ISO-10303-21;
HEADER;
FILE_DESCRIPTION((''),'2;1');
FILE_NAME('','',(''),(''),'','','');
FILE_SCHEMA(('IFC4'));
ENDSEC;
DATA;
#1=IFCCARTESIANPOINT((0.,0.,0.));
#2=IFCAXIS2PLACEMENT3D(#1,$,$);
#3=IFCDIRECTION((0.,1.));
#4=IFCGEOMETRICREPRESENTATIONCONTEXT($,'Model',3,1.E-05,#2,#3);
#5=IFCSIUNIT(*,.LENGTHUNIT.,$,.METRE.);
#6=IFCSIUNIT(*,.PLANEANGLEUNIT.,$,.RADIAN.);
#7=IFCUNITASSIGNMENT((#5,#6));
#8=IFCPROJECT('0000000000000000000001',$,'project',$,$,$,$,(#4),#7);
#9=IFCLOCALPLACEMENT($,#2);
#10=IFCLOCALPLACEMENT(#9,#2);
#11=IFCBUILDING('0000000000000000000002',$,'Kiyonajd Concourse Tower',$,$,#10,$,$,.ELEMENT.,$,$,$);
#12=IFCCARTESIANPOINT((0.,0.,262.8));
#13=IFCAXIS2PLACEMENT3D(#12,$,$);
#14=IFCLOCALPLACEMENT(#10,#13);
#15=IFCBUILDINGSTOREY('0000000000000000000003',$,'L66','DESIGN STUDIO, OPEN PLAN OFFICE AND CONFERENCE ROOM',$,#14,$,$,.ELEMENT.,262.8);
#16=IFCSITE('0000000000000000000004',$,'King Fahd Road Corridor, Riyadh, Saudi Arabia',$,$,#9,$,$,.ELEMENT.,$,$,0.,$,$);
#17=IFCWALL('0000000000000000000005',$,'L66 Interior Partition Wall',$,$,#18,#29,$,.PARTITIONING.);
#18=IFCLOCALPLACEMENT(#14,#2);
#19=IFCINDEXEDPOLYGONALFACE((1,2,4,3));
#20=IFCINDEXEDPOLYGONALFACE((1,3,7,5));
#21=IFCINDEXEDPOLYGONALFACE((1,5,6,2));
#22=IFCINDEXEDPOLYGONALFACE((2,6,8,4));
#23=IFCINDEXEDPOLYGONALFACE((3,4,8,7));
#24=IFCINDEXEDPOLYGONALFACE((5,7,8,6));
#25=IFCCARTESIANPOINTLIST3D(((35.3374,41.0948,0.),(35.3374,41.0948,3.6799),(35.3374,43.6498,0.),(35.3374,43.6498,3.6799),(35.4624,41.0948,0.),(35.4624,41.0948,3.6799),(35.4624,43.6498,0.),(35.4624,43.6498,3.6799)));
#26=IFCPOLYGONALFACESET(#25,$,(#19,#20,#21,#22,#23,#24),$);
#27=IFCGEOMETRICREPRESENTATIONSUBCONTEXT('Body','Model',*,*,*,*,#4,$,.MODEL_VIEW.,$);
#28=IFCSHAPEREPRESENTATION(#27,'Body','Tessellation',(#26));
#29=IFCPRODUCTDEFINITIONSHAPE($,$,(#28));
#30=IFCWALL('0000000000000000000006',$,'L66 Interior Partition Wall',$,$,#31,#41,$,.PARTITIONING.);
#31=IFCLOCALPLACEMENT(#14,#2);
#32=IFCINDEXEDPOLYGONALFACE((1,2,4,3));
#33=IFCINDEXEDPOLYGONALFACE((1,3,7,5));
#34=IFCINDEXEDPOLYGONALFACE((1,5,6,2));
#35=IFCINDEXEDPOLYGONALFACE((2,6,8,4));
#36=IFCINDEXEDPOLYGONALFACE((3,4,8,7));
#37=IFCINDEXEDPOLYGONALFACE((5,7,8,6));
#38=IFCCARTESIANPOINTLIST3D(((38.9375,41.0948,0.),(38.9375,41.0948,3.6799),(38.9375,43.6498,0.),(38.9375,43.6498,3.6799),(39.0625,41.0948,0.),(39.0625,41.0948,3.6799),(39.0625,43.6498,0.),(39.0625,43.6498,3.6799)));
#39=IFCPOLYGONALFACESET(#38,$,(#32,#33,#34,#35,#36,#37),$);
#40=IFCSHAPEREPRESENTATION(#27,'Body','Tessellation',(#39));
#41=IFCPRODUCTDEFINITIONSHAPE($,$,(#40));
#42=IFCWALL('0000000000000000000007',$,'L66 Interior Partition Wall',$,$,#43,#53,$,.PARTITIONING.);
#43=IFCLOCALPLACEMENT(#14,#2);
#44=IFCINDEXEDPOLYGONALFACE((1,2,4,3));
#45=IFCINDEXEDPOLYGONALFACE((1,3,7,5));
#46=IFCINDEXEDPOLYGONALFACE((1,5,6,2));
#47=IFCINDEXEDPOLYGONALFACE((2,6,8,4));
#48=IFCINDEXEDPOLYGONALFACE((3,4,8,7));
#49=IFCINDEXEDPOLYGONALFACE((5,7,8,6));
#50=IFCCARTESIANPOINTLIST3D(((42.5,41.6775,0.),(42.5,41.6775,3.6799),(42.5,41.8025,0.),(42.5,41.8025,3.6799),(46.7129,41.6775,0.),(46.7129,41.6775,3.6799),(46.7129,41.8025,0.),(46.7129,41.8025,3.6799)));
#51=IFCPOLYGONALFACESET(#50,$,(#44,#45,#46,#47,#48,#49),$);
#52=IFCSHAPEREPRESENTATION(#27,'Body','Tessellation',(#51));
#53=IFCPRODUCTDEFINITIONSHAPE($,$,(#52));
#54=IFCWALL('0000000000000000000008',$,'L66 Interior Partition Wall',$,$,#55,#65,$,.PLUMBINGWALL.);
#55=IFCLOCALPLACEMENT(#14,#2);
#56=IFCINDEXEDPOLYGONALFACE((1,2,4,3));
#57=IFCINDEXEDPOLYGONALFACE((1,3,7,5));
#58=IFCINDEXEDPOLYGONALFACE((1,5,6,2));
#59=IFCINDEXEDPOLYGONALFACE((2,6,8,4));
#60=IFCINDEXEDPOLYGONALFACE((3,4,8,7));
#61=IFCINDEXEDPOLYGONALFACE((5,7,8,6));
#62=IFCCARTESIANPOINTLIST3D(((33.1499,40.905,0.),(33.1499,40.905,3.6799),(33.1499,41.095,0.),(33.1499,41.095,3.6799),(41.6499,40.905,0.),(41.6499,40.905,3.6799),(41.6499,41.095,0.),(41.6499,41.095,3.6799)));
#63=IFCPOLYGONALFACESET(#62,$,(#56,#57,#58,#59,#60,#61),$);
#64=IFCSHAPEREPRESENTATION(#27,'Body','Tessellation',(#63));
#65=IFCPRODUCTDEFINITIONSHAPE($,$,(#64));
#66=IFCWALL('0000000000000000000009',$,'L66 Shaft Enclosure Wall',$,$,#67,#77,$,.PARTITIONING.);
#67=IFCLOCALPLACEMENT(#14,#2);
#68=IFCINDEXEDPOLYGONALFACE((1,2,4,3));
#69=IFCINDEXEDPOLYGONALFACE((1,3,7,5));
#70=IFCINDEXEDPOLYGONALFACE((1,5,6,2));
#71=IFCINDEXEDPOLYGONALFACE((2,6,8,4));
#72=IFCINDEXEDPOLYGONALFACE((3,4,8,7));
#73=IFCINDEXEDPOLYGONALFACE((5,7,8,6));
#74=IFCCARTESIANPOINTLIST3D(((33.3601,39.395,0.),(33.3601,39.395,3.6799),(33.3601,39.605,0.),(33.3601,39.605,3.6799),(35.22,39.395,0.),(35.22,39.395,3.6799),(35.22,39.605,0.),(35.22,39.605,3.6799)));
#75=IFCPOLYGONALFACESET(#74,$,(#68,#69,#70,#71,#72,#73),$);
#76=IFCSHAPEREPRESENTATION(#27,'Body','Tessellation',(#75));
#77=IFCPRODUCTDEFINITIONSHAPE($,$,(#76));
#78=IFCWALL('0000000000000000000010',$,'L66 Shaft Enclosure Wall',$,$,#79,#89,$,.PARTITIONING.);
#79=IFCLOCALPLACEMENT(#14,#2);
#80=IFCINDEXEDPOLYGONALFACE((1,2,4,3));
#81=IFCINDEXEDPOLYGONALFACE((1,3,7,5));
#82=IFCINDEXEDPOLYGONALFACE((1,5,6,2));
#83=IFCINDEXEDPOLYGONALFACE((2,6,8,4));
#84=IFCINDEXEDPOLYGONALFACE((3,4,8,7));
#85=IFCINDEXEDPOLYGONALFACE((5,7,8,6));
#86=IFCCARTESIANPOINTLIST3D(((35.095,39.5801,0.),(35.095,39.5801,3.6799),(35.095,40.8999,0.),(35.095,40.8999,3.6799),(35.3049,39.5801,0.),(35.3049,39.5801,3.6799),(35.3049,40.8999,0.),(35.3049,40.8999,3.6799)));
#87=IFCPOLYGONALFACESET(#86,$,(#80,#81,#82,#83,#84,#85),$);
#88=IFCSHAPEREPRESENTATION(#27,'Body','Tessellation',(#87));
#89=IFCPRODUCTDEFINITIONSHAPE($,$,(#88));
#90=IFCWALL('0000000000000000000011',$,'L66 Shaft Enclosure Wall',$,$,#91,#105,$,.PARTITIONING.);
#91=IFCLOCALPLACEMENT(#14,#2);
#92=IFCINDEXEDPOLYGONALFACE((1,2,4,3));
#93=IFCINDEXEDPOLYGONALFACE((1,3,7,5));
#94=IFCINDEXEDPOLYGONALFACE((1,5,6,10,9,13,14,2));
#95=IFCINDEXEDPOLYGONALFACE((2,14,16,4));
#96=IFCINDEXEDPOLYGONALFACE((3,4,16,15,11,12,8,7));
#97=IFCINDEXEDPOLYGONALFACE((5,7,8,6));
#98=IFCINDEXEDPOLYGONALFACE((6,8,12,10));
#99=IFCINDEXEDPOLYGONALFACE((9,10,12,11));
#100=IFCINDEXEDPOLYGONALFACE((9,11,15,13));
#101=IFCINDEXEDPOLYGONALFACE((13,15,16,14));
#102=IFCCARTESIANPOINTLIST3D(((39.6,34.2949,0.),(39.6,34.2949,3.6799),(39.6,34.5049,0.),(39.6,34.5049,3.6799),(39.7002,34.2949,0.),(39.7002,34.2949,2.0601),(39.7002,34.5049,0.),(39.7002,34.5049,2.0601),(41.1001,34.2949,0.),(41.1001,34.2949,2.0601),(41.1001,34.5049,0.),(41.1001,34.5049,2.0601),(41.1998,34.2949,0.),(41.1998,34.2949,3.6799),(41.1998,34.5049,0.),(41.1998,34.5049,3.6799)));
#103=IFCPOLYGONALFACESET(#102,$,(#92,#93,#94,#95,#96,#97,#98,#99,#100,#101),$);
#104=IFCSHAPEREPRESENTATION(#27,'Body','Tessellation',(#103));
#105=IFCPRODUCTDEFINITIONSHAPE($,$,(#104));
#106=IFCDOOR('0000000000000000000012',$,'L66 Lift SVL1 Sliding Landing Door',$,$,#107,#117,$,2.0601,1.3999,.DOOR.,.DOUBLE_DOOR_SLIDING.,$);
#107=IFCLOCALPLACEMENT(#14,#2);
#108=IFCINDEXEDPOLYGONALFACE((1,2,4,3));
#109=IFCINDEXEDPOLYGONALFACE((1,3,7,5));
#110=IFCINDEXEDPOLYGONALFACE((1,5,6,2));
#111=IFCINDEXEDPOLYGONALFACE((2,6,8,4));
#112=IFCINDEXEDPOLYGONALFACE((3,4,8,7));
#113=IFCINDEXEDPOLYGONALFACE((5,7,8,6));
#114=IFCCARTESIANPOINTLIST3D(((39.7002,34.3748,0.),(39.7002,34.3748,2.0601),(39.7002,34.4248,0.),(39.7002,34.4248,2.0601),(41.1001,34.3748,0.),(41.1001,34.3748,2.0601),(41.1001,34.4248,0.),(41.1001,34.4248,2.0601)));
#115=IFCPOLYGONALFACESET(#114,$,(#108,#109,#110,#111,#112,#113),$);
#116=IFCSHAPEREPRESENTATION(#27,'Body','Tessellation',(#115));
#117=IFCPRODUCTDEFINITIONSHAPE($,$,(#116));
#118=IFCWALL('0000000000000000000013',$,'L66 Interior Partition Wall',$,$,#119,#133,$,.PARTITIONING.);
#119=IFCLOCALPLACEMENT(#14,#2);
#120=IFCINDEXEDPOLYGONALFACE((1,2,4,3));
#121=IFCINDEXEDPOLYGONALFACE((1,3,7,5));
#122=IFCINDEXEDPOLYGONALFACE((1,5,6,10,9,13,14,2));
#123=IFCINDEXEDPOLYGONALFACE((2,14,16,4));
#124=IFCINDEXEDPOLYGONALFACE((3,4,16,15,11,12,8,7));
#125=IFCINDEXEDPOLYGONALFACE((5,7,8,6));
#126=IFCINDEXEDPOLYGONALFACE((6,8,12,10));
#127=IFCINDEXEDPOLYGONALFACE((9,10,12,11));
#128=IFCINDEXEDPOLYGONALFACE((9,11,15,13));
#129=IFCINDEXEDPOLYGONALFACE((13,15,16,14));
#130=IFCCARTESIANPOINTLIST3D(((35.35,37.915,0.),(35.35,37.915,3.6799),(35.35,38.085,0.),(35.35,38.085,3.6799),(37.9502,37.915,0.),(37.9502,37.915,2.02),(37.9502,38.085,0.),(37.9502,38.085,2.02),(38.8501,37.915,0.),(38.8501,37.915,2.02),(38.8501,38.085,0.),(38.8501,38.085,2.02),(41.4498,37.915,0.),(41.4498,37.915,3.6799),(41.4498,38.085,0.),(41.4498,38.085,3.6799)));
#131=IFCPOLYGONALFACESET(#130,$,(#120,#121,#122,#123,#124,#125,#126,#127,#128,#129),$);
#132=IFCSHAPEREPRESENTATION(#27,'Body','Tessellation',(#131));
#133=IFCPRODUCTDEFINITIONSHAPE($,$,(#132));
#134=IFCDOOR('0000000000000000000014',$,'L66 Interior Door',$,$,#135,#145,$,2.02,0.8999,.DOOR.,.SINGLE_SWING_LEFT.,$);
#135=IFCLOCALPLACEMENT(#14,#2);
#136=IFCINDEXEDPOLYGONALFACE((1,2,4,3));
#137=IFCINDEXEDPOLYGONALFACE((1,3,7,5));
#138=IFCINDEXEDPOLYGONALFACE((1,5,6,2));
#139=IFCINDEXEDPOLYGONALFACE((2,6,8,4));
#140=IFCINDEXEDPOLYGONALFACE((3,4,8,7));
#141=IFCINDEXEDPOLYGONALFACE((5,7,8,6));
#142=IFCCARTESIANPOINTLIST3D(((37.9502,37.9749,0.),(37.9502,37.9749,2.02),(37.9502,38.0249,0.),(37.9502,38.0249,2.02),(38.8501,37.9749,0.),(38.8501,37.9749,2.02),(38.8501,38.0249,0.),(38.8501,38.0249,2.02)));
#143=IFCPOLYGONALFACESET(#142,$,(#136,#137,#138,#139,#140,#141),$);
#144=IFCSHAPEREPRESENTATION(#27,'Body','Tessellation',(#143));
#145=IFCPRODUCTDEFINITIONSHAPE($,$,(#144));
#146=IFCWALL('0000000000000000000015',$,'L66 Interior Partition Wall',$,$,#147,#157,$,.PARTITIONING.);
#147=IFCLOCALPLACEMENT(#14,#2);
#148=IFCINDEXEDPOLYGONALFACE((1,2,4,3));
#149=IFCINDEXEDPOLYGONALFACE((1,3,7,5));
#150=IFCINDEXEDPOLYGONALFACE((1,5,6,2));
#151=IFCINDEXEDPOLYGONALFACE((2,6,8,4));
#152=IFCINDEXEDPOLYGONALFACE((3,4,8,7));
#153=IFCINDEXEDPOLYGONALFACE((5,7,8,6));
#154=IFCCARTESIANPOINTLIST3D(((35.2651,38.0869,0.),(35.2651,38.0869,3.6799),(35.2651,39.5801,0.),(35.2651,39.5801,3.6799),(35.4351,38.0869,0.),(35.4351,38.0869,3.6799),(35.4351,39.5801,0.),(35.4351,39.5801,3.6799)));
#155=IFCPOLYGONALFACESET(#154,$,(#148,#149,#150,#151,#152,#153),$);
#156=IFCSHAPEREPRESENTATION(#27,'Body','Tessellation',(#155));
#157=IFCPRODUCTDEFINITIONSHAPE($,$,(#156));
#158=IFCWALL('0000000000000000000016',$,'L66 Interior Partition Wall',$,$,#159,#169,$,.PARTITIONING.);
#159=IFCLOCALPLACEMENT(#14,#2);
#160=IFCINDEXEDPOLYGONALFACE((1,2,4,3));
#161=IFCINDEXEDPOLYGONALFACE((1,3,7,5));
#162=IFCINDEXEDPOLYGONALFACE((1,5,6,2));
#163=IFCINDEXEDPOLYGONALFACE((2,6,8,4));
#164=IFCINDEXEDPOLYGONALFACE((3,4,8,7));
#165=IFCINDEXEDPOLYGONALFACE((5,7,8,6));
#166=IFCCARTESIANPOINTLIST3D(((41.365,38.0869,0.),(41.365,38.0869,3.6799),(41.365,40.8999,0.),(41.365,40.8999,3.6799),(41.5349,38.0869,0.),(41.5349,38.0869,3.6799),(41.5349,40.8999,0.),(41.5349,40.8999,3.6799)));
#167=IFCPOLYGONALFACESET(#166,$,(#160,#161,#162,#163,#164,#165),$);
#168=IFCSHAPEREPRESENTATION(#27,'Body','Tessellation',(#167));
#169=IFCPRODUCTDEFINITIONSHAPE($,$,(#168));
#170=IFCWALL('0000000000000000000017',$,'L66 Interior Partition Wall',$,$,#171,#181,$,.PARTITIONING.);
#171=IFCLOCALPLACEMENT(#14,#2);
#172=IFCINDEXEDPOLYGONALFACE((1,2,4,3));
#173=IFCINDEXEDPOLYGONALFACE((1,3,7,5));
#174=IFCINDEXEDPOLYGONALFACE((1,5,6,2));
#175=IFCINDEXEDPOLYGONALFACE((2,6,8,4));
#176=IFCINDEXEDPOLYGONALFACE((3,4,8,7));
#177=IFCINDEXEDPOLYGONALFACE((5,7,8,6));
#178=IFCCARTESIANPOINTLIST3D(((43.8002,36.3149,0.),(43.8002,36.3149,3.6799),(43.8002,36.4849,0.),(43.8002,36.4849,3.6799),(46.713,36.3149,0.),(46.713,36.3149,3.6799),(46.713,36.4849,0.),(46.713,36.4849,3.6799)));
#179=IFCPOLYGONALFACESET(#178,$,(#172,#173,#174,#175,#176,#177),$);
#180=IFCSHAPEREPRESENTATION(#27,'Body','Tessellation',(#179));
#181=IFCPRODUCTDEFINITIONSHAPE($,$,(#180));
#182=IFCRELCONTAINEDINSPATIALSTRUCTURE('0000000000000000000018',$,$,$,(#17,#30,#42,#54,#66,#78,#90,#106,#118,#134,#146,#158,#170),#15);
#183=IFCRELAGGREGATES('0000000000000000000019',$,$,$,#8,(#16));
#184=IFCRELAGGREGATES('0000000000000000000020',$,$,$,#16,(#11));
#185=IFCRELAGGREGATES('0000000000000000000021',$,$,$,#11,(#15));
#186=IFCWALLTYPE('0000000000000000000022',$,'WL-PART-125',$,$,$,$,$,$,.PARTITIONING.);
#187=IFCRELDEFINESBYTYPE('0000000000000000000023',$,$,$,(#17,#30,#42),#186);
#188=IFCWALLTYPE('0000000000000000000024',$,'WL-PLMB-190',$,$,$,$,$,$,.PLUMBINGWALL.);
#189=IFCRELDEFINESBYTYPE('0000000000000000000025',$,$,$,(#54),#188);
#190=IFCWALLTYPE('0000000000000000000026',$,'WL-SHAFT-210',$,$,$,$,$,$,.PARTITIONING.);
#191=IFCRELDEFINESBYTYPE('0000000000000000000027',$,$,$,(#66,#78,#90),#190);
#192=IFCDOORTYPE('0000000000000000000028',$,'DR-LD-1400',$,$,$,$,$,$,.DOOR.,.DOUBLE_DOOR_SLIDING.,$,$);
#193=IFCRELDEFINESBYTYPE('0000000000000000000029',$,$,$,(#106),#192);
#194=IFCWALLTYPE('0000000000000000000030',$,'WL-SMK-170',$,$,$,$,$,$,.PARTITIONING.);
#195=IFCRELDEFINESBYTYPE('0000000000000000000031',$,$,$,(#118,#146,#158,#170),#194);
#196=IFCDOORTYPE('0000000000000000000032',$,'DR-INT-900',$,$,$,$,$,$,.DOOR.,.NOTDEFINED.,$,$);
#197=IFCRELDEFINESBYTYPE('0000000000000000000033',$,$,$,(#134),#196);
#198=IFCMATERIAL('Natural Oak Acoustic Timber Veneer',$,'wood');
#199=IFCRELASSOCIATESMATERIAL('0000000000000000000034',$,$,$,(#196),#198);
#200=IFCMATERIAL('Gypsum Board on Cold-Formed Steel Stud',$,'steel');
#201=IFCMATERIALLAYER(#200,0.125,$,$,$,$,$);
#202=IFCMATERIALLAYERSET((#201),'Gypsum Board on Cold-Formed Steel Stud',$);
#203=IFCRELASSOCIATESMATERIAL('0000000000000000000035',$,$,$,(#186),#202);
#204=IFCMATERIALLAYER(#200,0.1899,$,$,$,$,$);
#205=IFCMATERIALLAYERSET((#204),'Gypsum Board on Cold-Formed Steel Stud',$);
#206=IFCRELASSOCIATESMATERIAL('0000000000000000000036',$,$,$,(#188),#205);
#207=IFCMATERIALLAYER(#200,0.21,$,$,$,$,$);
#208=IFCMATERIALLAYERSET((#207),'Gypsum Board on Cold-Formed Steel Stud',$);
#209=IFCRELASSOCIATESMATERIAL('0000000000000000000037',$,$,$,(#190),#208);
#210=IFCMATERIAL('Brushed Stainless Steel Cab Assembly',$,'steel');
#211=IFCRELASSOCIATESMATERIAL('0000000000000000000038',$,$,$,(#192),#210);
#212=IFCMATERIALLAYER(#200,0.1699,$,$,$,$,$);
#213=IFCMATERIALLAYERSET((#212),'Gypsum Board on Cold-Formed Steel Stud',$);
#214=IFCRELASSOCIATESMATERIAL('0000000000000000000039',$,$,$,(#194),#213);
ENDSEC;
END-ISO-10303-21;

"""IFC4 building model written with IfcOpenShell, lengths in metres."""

from ifc_helpers import new_model, si_unit, direction, frame, frame_2d, origin, place, context, subcontext, project, spatial, rectangle, extrude, material, layer, layer_set, type_object, element, fill, save


model = new_model("IFC4")

# Units and contexts
model_context = context("Model", 3, precision=1e-05, world=origin(), true_north=direction((0.0, 1.0)))
body_context = subcontext(model_context, "Body", "Model", "MODEL_VIEW")
ifc_project = project(units=[si_unit("LENGTHUNIT", "METRE"), si_unit("PLANEANGLEUNIT", "RADIAN")], contexts=[model_context])

# Site, building, storey
site_placement = place(None, origin())
site = spatial("IfcSite", under=ifc_project, at=site_placement, Name="King Fahd Road Corridor, Riyadh, Saudi Arabia", CompositionType="ELEMENT", RefElevation=0.0)
building_placement = place(site_placement, origin())
building = spatial("IfcBuilding", under=site, at=building_placement, Name="Kiyonajd Concourse Tower", CompositionType="ELEMENT")
storey_placement = place(building_placement, frame((0.0, 0.0, 262.8)))
storey = spatial("IfcBuildingStorey", under=building, at=storey_placement, Name="L66", Description="DESIGN STUDIO, OPEN PLAN OFFICE AND CONFERENCE ROOM", CompositionType="ELEMENT", Elevation=262.8)

# Shared definitions
ifc_material_1 = material(Name="Natural Oak Acoustic Timber Veneer", Category="wood")
door_type_1 = type_object("IfcDoorType", Name="DR-INT-900", OperationType="NOTDEFINED", PredefinedType="DOOR", material=ifc_material_1)

# Walls
ifc_material_2 = material(Name="Gypsum Board on Cold-Formed Steel Stud", Category="steel")
ifc_layer_1 = layer(ifc_material_2, 0.125)
ifc_layer_set_1 = layer_set([ifc_layer_1], Name="Gypsum Board on Cold-Formed Steel Stud")
wall_type_1 = type_object("IfcWallType", Name="WL-PART-125", PredefinedType="PARTITIONING", material=ifc_layer_set_1)
for number, where, z_axis, x_axis, name in (
    (1, (35.3999, 41.095, 0.0), (0.0, 0.0, 1.0), (0.0, 1.0, 0.0), "L66 Interior Partition Wall"),
    (2, (39.0, 41.095, 0.0), (0.0, 0.0, 1.0), (0.0, 1.0, 0.0), "L66 Interior Partition Wall"),
):
    element("IfcWall", number, at=place(storey_placement, frame(where, z_axis=z_axis, x_axis=x_axis)), inside=storey, type_object=wall_type_1, Name=name, PredefinedType="PARTITIONING", context=body_context, shape_type="SweptSolid", body=[
        extrude(rectangle(XDim=2.5549, YDim=0.125, at=frame_2d((1.2773, 0.0))), origin(), (0.0, 0.0, 1.0), 3.6799),
    ])
wall_1_placement = place(storey_placement, frame((42.5, 41.74, 0.0), z_axis=(0.0, 0.0, 1.0), x_axis=(1.0, 0.0, 0.0)))
element("IfcWall", 3, at=wall_1_placement, inside=storey, type_object=wall_type_1, Name="L66 Interior Partition Wall", PredefinedType="PARTITIONING", context=body_context, shape_type="SweptSolid", body=[
    extrude(rectangle(XDim=4.2129, YDim=0.125, at=frame_2d((2.1064, 0.0))), origin(), (0.0, 0.0, 1.0), 3.6799),
])
ifc_layer_2 = layer(ifc_material_2, 0.1899)
ifc_layer_set_2 = layer_set([ifc_layer_2], Name="Gypsum Board on Cold-Formed Steel Stud")
wall_type_2 = type_object("IfcWallType", Name="WL-PLMB-190", PredefinedType="PLUMBINGWALL", material=ifc_layer_set_2)
wall_2_placement = place(storey_placement, frame((33.1499, 41.0, 0.0), z_axis=(0.0, 0.0, 1.0), x_axis=(1.0, 0.0, 0.0)))
element("IfcWall", 4, at=wall_2_placement, inside=storey, type_object=wall_type_2, Name="L66 Interior Partition Wall", PredefinedType="PLUMBINGWALL", context=body_context, shape_type="SweptSolid", body=[
    extrude(rectangle(XDim=8.5, YDim=0.1899, at=frame_2d((4.25, 0.0))), origin(), (0.0, 0.0, 1.0), 3.6799),
])
ifc_layer_3 = layer(ifc_material_2, 0.21)
ifc_layer_set_3 = layer_set([ifc_layer_3], Name="Gypsum Board on Cold-Formed Steel Stud")
wall_type_3 = type_object("IfcWallType", Name="WL-SHAFT-210", PredefinedType="PARTITIONING", material=ifc_layer_set_3)
wall_3_placement = place(storey_placement, frame((33.3601, 39.5, 0.0), z_axis=(0.0, 0.0, 1.0), x_axis=(1.0, 0.0, 0.0)))
element("IfcWall", 5, at=wall_3_placement, inside=storey, type_object=wall_type_3, Name="L66 Shaft Enclosure Wall", PredefinedType="PARTITIONING", context=body_context, shape_type="SweptSolid", body=[
    extrude(rectangle(XDim=1.8599, YDim=0.21, at=frame_2d((0.9299, 0.0))), origin(), (0.0, 0.0, 1.0), 3.6799),
])
wall_4_placement = place(storey_placement, frame((35.2, 39.5801, 0.0), z_axis=(0.0, 0.0, 1.0), x_axis=(0.0, 1.0, 0.0)))
element("IfcWall", 6, at=wall_4_placement, inside=storey, type_object=wall_type_3, Name="L66 Shaft Enclosure Wall", PredefinedType="PARTITIONING", context=body_context, shape_type="SweptSolid", body=[
    extrude(rectangle(XDim=1.3198, YDim=0.21, at=frame_2d((0.6599, 0.0))), origin(), (0.0, 0.0, 1.0), 3.6799),
])

# Walls, openings, doors
wall_5_placement = place(storey_placement, frame((39.6001, 34.3999, 0.0), z_axis=(0.0, 0.0, 1.0), x_axis=(1.0, 0.0, 0.0)))
wall_5 = element("IfcWall", 7, at=wall_5_placement, inside=storey, type_object=wall_type_3, Name="L66 Shaft Enclosure Wall", PredefinedType="PARTITIONING", context=body_context, shape_type="SweptSolid", body=[
    extrude(rectangle(XDim=1.5999, YDim=0.21, at=frame_2d((0.7998, 0.0))), origin(), (0.0, 0.0, 1.0), 3.6799),
])
opening_1_placement = place(wall_5_placement, frame((0.1001, 0.0, 0.0)))
opening_1 = element("IfcOpeningElement", 8, at=opening_1_placement, cuts=wall_5, PredefinedType="OPENING", context=body_context, shape_type="SweptSolid", body=[
    extrude(rectangle(XDim=1.3999, YDim=2.0601, at=frame_2d((0.7, 1.03))), frame((0.0, 0.115, 0.0), z_axis=(0.0, -1.0, 0.0), x_axis=(1.0, 0.0, 0.0)), (0.0, 0.0, 1.0), 0.23),
])
ifc_material_3 = material(Name="Brushed Stainless Steel Cab Assembly", Category="steel")
door_type_2 = type_object("IfcDoorType", Name="DR-LD-1400", OperationType="DOUBLE_DOOR_SLIDING", PredefinedType="DOOR", material=ifc_material_3)
door_1_placement = place(opening_1_placement, origin())
door_1 = element("IfcDoor", 9, at=door_1_placement, inside=storey, type_object=door_type_2, Name="L66 Lift SVL1 Sliding Landing Door", OperationType="DOUBLE_DOOR_SLIDING", OverallHeight=2.0601, OverallWidth=1.3999, PredefinedType="DOOR", context=body_context, shape_type="SweptSolid", body=[
    extrude(rectangle(XDim=1.3999, YDim=2.0601, at=frame_2d((0.7, 1.03))), frame((0.0, 0.0249, 0.0), z_axis=(0.0, -1.0, 0.0), x_axis=(1.0, 0.0, 0.0)), (0.0, 0.0, 1.0), 0.05),
])
fill(opening_1, door_1)
ifc_layer_4 = layer(ifc_material_2, 0.1699)
ifc_layer_set_4 = layer_set([ifc_layer_4], Name="Gypsum Board on Cold-Formed Steel Stud")
wall_type_4 = type_object("IfcWallType", Name="WL-SMK-170", PredefinedType="PARTITIONING", material=ifc_layer_set_4)
wall_6_placement = place(storey_placement, frame((35.3501, 38.0, 0.0), z_axis=(0.0, 0.0, 1.0), x_axis=(1.0, 0.0, 0.0)))
wall_6 = element("IfcWall", 10, at=wall_6_placement, inside=storey, type_object=wall_type_4, Name="L66 Interior Partition Wall", PredefinedType="PARTITIONING", context=body_context, shape_type="SweptSolid", body=[
    extrude(rectangle(XDim=6.0999, YDim=0.1699, at=frame_2d((3.0498, 0.0))), origin(), (0.0, 0.0, 1.0), 3.6799),
])
opening_2_placement = place(wall_6_placement, frame((2.6001, 0.0, 0.0)))
opening_2 = element("IfcOpeningElement", 11, at=opening_2_placement, cuts=wall_6, PredefinedType="OPENING", context=body_context, shape_type="SweptSolid", body=[
    extrude(rectangle(XDim=0.8999, YDim=2.02, at=frame_2d((0.45, 1.01))), frame((0.0, 0.095, 0.0), z_axis=(0.0, -1.0, 0.0), x_axis=(1.0, 0.0, 0.0)), (0.0, 0.0, 1.0), 0.1899),
])
door_2_placement = place(opening_2_placement, origin())
door_2 = element("IfcDoor", 12, at=door_2_placement, inside=storey, type_object=door_type_1, Name="L66 Interior Door", OperationType="SINGLE_SWING_LEFT", OverallHeight=2.02, OverallWidth=0.8999, PredefinedType="DOOR", context=body_context, shape_type="SweptSolid", body=[
    extrude(rectangle(XDim=0.8999, YDim=2.02, at=frame_2d((0.45, 1.01))), frame((0.0, 0.0249, 0.0), z_axis=(0.0, -1.0, 0.0), x_axis=(1.0, 0.0, 0.0)), (0.0, 0.0, 1.0), 0.05),
])
fill(opening_2, door_2)

# Walls
wall_7_placement = place(storey_placement, frame((35.3501, 38.0869, 0.0), z_axis=(0.0, 0.0, 1.0), x_axis=(0.0, 1.0, 0.0)))
element("IfcWall", 13, at=wall_7_placement, inside=storey, type_object=wall_type_4, Name="L66 Interior Partition Wall", PredefinedType="PARTITIONING", context=body_context, shape_type="SweptSolid", body=[
    extrude(rectangle(XDim=1.4932, YDim=0.1699, at=frame_2d((0.7466, 0.0))), origin(), (0.0, 0.0, 1.0), 3.6799),
])
wall_8_placement = place(storey_placement, frame((41.45, 38.0869, 0.0), z_axis=(0.0, 0.0, 1.0), x_axis=(0.0, 1.0, 0.0)))
element("IfcWall", 14, at=wall_8_placement, inside=storey, type_object=wall_type_4, Name="L66 Interior Partition Wall", PredefinedType="PARTITIONING", context=body_context, shape_type="SweptSolid", body=[
    extrude(rectangle(XDim=2.813, YDim=0.1699, at=frame_2d((1.4065, 0.0))), origin(), (0.0, 0.0, 1.0), 3.6799),
])
wall_9_placement = place(storey_placement, frame((43.8, 36.3999, 0.0), z_axis=(0.0, 0.0, 1.0), x_axis=(1.0, 0.0, 0.0)))
element("IfcWall", 15, at=wall_9_placement, inside=storey, type_object=wall_type_4, Name="L66 Interior Partition Wall", PredefinedType="PARTITIONING", context=body_context, shape_type="SweptSolid", body=[
    extrude(rectangle(XDim=2.9128, YDim=0.1699, at=frame_2d((1.4565, 0.0))), origin(), (0.0, 0.0, 1.0), 3.6799),
])

save(model, "model.ifc")
